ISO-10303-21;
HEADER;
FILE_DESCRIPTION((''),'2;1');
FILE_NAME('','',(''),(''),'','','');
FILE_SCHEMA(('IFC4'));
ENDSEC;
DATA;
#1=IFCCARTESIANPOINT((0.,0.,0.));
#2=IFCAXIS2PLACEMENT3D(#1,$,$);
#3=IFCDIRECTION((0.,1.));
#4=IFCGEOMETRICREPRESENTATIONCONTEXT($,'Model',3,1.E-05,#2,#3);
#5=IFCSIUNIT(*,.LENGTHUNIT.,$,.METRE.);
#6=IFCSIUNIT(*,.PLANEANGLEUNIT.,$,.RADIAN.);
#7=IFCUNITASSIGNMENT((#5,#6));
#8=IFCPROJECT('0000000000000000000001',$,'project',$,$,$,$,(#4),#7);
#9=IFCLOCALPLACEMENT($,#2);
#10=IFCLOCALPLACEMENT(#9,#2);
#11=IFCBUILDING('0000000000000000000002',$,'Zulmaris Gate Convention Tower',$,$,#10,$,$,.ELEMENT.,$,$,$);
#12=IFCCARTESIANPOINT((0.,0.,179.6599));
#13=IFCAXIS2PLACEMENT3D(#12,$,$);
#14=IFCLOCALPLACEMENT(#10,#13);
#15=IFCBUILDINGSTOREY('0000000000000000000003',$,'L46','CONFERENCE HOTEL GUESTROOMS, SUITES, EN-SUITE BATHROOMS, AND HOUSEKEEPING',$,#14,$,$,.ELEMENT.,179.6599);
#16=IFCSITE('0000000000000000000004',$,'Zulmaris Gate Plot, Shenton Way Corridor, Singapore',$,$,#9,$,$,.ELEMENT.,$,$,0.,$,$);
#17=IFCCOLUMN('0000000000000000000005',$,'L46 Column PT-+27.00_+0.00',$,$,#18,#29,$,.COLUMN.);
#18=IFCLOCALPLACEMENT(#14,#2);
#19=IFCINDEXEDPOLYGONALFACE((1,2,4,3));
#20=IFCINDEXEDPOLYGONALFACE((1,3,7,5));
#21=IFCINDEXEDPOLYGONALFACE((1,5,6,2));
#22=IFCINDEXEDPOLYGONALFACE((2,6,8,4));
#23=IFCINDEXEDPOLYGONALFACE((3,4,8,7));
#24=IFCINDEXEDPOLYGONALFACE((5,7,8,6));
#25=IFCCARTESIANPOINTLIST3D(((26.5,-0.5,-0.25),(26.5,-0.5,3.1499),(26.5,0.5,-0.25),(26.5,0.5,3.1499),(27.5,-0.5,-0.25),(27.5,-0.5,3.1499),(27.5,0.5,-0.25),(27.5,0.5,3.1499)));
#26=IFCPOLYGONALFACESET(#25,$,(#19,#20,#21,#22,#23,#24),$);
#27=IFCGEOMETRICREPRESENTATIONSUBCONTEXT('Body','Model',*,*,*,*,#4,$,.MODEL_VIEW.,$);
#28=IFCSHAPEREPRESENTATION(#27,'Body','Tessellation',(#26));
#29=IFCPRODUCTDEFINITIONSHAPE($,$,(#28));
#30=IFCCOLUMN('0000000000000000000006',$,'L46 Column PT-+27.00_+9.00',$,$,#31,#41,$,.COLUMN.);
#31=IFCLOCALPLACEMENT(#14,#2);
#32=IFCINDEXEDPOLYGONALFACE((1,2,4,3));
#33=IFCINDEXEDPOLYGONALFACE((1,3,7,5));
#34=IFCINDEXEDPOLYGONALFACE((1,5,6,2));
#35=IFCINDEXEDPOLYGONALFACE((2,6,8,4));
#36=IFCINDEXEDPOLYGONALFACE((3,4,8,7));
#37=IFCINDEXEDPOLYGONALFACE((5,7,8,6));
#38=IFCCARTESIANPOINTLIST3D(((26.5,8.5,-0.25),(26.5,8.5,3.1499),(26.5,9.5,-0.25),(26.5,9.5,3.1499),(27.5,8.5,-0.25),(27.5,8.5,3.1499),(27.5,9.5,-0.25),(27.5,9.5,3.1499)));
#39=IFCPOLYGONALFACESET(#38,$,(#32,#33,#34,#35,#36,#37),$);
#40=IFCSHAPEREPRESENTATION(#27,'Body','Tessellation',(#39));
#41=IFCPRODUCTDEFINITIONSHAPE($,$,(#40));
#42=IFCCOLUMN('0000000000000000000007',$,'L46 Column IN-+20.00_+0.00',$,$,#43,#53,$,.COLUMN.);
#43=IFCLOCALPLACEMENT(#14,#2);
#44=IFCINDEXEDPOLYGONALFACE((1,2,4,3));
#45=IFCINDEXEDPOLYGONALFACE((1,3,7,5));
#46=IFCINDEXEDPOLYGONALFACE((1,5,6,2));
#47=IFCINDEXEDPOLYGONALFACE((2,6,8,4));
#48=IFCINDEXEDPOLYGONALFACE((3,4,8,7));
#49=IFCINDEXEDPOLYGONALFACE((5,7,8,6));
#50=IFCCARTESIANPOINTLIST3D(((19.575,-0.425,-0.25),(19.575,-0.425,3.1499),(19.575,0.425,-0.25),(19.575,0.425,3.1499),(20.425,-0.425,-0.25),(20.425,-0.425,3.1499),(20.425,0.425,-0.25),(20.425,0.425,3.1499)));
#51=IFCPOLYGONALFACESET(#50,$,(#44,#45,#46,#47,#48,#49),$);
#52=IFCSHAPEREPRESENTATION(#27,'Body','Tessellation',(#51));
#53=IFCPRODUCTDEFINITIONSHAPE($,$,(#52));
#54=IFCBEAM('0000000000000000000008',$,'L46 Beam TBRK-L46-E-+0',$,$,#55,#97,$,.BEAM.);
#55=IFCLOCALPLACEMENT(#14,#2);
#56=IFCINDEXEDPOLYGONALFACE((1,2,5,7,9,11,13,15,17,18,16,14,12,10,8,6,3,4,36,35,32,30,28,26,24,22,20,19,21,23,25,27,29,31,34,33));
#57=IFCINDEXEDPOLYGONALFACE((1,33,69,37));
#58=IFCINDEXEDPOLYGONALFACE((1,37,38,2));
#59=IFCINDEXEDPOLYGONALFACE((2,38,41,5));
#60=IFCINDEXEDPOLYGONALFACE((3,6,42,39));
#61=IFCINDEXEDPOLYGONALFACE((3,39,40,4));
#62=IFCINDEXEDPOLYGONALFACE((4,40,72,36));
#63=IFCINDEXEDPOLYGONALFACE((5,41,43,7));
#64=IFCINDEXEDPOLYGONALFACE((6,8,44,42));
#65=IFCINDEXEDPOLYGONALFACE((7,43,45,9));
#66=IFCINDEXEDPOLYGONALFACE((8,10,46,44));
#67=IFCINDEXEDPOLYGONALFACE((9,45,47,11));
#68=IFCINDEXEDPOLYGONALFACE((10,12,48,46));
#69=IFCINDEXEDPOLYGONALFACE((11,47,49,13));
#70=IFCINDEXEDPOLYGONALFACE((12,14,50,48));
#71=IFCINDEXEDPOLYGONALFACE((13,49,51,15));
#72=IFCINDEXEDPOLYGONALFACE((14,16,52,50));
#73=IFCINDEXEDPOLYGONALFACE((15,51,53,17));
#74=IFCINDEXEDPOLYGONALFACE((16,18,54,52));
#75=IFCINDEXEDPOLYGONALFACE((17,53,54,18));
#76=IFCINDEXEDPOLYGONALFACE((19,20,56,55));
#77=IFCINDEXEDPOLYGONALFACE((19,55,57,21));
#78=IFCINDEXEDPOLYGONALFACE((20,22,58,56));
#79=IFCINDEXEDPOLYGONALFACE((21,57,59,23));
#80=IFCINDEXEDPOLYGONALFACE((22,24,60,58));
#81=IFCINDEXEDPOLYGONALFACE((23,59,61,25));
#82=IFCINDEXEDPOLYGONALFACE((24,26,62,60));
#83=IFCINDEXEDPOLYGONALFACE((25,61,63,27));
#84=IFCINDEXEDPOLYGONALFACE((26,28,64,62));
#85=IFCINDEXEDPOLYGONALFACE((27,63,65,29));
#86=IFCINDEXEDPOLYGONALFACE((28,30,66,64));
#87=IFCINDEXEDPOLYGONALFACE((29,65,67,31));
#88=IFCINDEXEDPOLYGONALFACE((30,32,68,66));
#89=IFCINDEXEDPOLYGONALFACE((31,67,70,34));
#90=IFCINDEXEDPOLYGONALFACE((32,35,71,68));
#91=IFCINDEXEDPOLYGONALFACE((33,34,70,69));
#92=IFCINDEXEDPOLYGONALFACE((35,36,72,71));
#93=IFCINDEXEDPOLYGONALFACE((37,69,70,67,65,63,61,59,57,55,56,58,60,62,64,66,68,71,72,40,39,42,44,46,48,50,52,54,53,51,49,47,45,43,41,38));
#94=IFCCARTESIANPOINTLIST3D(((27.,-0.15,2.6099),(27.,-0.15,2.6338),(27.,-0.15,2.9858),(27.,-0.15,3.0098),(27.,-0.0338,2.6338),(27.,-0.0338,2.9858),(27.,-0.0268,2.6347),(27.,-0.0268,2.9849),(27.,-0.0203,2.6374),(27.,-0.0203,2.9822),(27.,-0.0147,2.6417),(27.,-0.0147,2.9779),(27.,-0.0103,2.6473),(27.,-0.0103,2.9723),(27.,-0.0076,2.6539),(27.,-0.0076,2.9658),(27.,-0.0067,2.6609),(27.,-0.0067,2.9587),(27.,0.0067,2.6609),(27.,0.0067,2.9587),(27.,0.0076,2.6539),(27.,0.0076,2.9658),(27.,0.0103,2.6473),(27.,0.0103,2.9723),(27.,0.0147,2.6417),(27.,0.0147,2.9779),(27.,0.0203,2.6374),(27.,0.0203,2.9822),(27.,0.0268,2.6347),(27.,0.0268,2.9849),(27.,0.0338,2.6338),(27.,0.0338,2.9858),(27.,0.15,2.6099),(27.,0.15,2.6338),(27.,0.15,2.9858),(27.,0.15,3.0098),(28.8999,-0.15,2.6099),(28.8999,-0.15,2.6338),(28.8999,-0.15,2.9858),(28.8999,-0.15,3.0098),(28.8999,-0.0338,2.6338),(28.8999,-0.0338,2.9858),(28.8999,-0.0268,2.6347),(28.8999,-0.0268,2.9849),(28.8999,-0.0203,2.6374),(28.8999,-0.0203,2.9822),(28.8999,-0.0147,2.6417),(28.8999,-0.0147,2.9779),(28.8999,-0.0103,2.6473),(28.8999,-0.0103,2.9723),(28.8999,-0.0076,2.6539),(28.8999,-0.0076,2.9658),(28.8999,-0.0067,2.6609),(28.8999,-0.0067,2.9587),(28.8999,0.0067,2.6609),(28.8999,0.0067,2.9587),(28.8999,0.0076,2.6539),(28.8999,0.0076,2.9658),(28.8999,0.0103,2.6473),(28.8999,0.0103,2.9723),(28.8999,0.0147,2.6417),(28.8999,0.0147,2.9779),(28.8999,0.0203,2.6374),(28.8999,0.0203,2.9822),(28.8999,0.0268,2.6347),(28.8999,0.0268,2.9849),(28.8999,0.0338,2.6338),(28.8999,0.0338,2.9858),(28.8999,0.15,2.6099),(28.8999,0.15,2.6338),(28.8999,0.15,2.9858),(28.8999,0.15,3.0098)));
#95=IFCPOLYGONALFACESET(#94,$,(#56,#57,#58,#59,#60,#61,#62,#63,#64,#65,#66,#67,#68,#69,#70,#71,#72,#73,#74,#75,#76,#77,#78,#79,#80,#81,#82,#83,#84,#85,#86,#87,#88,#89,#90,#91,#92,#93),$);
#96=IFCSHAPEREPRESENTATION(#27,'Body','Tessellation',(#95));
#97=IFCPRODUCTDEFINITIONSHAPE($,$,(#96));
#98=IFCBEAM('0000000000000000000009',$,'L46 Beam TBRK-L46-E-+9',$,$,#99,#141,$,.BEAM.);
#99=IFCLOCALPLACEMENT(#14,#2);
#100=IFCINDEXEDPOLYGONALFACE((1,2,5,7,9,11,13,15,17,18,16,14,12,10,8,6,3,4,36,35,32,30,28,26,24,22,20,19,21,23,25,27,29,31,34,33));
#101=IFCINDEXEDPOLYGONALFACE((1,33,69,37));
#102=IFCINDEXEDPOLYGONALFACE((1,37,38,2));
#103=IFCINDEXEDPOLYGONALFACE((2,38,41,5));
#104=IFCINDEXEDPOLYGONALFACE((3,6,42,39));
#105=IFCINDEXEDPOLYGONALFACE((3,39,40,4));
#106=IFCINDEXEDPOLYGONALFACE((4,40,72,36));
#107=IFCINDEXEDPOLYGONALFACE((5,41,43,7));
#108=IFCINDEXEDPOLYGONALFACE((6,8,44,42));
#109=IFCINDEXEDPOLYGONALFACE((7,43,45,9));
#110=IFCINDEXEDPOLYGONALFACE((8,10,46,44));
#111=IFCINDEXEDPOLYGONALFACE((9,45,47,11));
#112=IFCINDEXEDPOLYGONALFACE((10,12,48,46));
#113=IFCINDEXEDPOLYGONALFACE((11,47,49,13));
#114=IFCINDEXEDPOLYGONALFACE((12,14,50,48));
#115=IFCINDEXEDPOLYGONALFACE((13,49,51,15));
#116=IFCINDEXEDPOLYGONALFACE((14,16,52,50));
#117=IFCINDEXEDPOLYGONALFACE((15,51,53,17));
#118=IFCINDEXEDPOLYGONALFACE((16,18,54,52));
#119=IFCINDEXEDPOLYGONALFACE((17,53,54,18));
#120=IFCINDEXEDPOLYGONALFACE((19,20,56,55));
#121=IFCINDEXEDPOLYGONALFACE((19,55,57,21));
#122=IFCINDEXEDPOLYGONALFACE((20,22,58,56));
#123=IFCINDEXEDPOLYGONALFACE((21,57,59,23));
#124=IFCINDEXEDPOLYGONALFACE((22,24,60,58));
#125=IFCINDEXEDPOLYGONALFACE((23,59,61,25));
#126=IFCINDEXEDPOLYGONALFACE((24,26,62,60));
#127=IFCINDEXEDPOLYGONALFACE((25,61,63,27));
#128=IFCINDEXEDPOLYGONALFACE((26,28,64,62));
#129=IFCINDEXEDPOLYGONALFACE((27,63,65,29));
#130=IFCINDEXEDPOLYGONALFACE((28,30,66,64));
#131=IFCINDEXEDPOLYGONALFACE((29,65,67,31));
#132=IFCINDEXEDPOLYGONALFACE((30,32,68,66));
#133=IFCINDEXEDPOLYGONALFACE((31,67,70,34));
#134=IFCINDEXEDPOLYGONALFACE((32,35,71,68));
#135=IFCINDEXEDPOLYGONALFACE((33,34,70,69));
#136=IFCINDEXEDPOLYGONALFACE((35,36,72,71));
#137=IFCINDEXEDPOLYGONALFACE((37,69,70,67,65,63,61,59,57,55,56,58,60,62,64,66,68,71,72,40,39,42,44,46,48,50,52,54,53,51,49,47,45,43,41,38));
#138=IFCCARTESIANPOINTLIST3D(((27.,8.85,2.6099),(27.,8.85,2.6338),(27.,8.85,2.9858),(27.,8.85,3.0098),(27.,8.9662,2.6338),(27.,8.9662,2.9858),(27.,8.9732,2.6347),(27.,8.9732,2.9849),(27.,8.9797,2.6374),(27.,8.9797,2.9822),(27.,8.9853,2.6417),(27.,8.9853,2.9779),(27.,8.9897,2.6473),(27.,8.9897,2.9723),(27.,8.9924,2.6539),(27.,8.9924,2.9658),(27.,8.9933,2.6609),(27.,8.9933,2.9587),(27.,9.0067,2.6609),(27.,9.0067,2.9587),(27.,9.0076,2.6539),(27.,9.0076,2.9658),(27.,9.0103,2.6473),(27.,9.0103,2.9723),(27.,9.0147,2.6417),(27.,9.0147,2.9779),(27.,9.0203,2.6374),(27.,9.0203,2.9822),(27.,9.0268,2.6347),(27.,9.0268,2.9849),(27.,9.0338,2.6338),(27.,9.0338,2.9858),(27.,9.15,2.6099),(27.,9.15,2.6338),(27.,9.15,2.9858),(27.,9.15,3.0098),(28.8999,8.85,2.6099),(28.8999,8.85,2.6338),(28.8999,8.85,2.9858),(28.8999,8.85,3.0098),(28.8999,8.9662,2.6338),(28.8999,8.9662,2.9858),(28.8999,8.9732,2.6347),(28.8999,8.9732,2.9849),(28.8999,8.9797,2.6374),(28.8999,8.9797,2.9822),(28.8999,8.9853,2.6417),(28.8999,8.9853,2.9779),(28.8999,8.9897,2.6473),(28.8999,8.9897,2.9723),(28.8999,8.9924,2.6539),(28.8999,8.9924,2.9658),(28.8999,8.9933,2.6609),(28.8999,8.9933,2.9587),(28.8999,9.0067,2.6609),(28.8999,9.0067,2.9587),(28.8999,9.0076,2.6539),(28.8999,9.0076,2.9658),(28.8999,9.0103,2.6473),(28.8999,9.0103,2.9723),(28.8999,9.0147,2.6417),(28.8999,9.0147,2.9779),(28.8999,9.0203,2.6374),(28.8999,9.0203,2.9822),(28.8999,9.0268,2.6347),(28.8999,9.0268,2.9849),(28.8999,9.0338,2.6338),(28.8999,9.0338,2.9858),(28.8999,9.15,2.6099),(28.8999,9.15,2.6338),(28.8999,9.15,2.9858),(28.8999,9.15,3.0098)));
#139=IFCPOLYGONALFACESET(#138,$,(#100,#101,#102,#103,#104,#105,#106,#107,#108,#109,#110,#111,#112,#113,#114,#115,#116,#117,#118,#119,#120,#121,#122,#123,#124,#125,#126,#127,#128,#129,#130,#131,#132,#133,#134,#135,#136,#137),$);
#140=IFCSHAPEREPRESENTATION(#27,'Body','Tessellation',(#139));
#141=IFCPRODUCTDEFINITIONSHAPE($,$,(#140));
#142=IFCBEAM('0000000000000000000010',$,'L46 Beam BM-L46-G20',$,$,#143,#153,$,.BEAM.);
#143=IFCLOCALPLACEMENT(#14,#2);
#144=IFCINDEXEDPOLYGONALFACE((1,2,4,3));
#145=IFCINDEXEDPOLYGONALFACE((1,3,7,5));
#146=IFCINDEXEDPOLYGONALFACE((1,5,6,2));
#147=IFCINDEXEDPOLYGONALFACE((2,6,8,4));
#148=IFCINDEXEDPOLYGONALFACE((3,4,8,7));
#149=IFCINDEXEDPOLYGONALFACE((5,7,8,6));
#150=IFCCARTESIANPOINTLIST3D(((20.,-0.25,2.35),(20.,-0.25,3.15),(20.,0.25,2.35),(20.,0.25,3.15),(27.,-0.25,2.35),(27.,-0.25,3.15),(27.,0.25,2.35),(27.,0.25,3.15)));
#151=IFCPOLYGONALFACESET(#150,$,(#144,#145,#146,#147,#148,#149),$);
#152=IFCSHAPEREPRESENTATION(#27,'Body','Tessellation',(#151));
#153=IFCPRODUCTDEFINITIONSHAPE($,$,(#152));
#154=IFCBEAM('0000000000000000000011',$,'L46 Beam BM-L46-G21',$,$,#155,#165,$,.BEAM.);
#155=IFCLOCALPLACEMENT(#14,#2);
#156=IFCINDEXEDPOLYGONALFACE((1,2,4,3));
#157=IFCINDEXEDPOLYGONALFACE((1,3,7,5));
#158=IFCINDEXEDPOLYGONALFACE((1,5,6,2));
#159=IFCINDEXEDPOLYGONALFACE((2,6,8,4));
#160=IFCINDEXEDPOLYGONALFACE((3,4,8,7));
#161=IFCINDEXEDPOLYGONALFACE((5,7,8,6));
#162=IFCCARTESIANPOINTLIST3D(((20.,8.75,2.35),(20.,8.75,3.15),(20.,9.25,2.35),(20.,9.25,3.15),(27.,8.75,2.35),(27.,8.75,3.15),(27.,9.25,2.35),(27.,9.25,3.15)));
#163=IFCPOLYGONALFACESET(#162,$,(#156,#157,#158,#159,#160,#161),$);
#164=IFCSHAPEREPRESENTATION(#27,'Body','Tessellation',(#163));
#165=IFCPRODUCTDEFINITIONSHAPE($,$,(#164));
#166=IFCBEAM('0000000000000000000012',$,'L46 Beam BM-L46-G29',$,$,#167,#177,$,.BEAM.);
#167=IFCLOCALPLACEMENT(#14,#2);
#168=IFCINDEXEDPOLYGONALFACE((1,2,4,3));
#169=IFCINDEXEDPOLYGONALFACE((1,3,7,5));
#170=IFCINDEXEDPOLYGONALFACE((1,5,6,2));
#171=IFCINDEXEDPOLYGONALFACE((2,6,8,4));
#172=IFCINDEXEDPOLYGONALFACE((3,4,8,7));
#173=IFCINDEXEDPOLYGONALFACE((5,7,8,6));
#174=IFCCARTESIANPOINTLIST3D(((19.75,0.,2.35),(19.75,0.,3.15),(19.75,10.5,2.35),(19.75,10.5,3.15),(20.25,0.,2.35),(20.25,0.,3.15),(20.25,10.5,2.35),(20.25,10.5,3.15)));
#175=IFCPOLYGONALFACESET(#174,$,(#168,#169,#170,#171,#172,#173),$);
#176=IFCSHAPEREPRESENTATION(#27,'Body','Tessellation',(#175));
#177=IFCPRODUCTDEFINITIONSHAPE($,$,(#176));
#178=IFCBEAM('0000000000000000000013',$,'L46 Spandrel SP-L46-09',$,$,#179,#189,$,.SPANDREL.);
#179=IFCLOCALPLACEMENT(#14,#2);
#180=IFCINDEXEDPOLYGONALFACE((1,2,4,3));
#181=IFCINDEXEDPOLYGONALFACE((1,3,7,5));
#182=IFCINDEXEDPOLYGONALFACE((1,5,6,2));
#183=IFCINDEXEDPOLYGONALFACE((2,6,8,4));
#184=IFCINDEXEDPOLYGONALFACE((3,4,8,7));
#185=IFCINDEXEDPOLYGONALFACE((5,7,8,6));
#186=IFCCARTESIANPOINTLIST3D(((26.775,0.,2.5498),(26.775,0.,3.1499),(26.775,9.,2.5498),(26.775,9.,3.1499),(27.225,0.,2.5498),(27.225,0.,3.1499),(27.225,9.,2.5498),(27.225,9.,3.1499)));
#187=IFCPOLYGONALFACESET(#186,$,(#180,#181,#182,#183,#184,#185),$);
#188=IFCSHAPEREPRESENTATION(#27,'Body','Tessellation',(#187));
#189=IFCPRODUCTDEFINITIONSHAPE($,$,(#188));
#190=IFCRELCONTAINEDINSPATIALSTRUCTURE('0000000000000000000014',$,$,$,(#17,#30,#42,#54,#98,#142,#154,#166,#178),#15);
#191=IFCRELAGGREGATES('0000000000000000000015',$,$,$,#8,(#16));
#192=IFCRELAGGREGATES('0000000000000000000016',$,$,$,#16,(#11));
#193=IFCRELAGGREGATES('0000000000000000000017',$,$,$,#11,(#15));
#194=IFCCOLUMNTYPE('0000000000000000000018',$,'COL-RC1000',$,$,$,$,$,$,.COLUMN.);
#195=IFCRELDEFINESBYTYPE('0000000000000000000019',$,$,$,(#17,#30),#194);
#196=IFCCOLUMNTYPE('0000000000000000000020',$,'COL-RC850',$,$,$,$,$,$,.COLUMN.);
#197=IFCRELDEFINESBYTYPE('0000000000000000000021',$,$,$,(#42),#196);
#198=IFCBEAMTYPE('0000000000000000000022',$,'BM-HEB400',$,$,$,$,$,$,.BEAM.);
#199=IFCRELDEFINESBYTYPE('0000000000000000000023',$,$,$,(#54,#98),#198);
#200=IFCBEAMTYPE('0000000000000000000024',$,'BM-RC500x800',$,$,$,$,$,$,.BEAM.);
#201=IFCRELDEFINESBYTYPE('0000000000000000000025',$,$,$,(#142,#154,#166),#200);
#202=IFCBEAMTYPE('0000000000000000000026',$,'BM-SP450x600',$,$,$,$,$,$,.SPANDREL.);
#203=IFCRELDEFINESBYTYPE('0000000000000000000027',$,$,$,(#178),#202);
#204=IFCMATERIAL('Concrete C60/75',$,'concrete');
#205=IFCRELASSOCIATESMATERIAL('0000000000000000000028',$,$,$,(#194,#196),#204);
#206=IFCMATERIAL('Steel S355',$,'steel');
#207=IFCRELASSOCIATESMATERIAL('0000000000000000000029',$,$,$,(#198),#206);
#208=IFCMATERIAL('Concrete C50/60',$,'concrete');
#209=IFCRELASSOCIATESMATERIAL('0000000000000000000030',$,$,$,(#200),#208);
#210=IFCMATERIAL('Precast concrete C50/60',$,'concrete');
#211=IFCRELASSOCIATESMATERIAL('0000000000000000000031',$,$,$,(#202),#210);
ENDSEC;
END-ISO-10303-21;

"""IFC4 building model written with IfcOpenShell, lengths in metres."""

from ifc_helpers import new_model, si_unit, direction, frame, origin, origin_2d, place, context, subcontext, project, spatial, rectangle, i_section, extrude, material, material_profile, profile_set, type_object, element, save


model = new_model("IFC4")

# Units and contexts
model_context = context("Model", 3, precision=1e-05, world=origin(), true_north=direction((0.0, 1.0)))
body_context = subcontext(model_context, "Body", "Model", "MODEL_VIEW")
ifc_project = project(units=[si_unit("LENGTHUNIT", "METRE"), si_unit("PLANEANGLEUNIT", "RADIAN")], contexts=[model_context])

# Site, building, storey
site_placement = place(None, origin())
site = spatial("IfcSite", under=ifc_project, at=site_placement, Name="Zulmaris Gate Plot, Shenton Way Corridor, Singapore", CompositionType="ELEMENT", RefElevation=0.0)
building_placement = place(site_placement, origin())
building = spatial("IfcBuilding", under=site, at=building_placement, Name="Zulmaris Gate Convention Tower", CompositionType="ELEMENT")
storey_placement = place(building_placement, frame((0.0, 0.0, 179.6599)))
storey = spatial("IfcBuildingStorey", under=building, at=storey_placement, Name="L46", Description="CONFERENCE HOTEL GUESTROOMS, SUITES, EN-SUITE BATHROOMS, AND HOUSEKEEPING", CompositionType="ELEMENT", Elevation=179.6599)

# Columns
ifc_material_1 = material(Name="Concrete C60/75", Category="concrete")
ifc_material_profile_1 = material_profile(ifc_material_1, rectangle(XDim=1.0, YDim=1.0, at=origin_2d()), Name="RC COL 1000x1000")
ifc_profile_set_1 = profile_set([ifc_material_profile_1], Name="Concrete C60/75")
column_type_1 = type_object("IfcColumnType", Name="COL-RC1000", PredefinedType="COLUMN", material=ifc_profile_set_1)
for number, where, z_axis, x_axis, name in (
    (1, (27.0, 0.0, -0.25), (0.0, 0.0, 1.0), (1.0, 0.0, 0.0), "L46 Column PT-+27.00_+0.00"),
    (2, (27.0, 9.0, -0.25), (0.0, 0.0, 1.0), (1.0, 0.0, 0.0), "L46 Column PT-+27.00_+9.00"),
):
    element("IfcColumn", number, at=place(storey_placement, frame(where, z_axis=z_axis, x_axis=x_axis)), inside=storey, type_object=column_type_1, Name=name, PredefinedType="COLUMN", context=body_context, shape_type="SweptSolid", body=[
        extrude(rectangle(XDim=1.0, YDim=1.0, at=origin_2d()), origin(), (0.0, 0.0, 1.0), 3.3999),
    ])
ifc_material_profile_2 = material_profile(ifc_material_1, rectangle(XDim=0.8501, YDim=0.8501, at=origin_2d()), Name="RC COL 850x850")
ifc_profile_set_2 = profile_set([ifc_material_profile_2], Name="Concrete C60/75")
column_type_2 = type_object("IfcColumnType", Name="COL-RC850", PredefinedType="COLUMN", material=ifc_profile_set_2)
column_placement = place(storey_placement, frame((20.0, 0.0, -0.25), z_axis=(0.0, 0.0, 1.0), x_axis=(1.0, 0.0, 0.0)))
element("IfcColumn", 3, at=column_placement, inside=storey, type_object=column_type_2, Name="L46 Column IN-+20.00_+0.00", PredefinedType="COLUMN", context=body_context, shape_type="SweptSolid", body=[
    extrude(rectangle(XDim=0.8501, YDim=0.8501, at=origin_2d()), origin(), (0.0, 0.0, 1.0), 3.3999),
])

# Beams
ifc_material_2 = material(Name="Steel S355", Category="steel")
ifc_material_profile_3 = material_profile(ifc_material_2, i_section(OverallWidth=0.3, OverallDepth=0.3999, WebThickness=0.0134, FlangeThickness=0.0239, FilletRadius=0.0271, at=origin_2d()), Name="HEB 400")
ifc_profile_set_3 = profile_set([ifc_material_profile_3], Name="Steel S355")
beam_type_1 = type_object("IfcBeamType", Name="BM-HEB400", PredefinedType="BEAM", material=ifc_profile_set_3)
for number, where, z_axis, x_axis, name in (
    (4, (27.0, 0.0, 2.8098), (1.0, 0.0, 0.0), (0.0, 1.0, 0.0), "L46 Beam TBRK-L46-E-+0"),
    (5, (27.0, 9.0, 2.8098), (1.0, 0.0, 0.0), (0.0, 1.0, 0.0), "L46 Beam TBRK-L46-E-+9"),
):
    element("IfcBeam", number, at=place(storey_placement, frame(where, z_axis=z_axis, x_axis=x_axis)), inside=storey, type_object=beam_type_1, Name=name, PredefinedType="BEAM", context=body_context, shape_type="SweptSolid", body=[
        extrude(i_section(OverallWidth=0.3, OverallDepth=0.3999, WebThickness=0.0134, FlangeThickness=0.0239, FilletRadius=0.0271, at=origin_2d()), origin(), (0.0, 0.0, 1.0), 1.8999),
    ])
ifc_material_3 = material(Name="Concrete C50/60", Category="concrete")
ifc_material_profile_4 = material_profile(ifc_material_3, rectangle(XDim=0.5, YDim=0.8, at=origin_2d()), Name="RC BEAM 500x800")
ifc_profile_set_4 = profile_set([ifc_material_profile_4], Name="Concrete C50/60")
beam_type_2 = type_object("IfcBeamType", Name="BM-RC500x800", PredefinedType="BEAM", material=ifc_profile_set_4)
for number, where, z_axis, x_axis, name in (
    (6, (20.0, 0.0, 2.75), (1.0, 0.0, 0.0), (0.0, 1.0, 0.0), "L46 Beam BM-L46-G20"),
    (7, (20.0, 9.0, 2.75), (1.0, 0.0, 0.0), (0.0, 1.0, 0.0), "L46 Beam BM-L46-G21"),
):
    element("IfcBeam", number, at=place(storey_placement, frame(where, z_axis=z_axis, x_axis=x_axis)), inside=storey, type_object=beam_type_2, Name=name, PredefinedType="BEAM", context=body_context, shape_type="SweptSolid", body=[
        extrude(rectangle(XDim=0.5, YDim=0.8, at=origin_2d()), origin(), (0.0, 0.0, 1.0), 7.0),
    ])
beam_1_placement = place(storey_placement, frame((20.0, 0.0, 2.75), z_axis=(0.0, 1.0, 0.0), x_axis=(-1.0, 0.0, 0.0)))
element("IfcBeam", 8, at=beam_1_placement, inside=storey, type_object=beam_type_2, Name="L46 Beam BM-L46-G29", PredefinedType="BEAM", context=body_context, shape_type="SweptSolid", body=[
    extrude(rectangle(XDim=0.5, YDim=0.8, at=origin_2d()), origin(), (0.0, 0.0, 1.0), 10.5),
])
ifc_material_4 = material(Name="Precast concrete C50/60", Category="concrete")
ifc_material_profile_5 = material_profile(ifc_material_4, rectangle(XDim=0.45, YDim=0.6001, at=origin_2d()), Name="RC SPANDREL 450x600")
ifc_profile_set_5 = profile_set([ifc_material_profile_5], Name="Precast concrete C50/60")
beam_type_3 = type_object("IfcBeamType", Name="BM-SP450x600", PredefinedType="SPANDREL", material=ifc_profile_set_5)
beam_2_placement = place(storey_placement, frame((27.0, 0.0, 2.8499), z_axis=(0.0, 1.0, 0.0), x_axis=(-1.0, 0.0, 0.0)))
element("IfcBeam", 9, at=beam_2_placement, inside=storey, type_object=beam_type_3, Name="L46 Spandrel SP-L46-09", PredefinedType="SPANDREL", context=body_context, shape_type="SweptSolid", body=[
    extrude(rectangle(XDim=0.45, YDim=0.6001, at=origin_2d()), origin(), (0.0, 0.0, 1.0), 9.0),
])

save(model, "model.ifc")
